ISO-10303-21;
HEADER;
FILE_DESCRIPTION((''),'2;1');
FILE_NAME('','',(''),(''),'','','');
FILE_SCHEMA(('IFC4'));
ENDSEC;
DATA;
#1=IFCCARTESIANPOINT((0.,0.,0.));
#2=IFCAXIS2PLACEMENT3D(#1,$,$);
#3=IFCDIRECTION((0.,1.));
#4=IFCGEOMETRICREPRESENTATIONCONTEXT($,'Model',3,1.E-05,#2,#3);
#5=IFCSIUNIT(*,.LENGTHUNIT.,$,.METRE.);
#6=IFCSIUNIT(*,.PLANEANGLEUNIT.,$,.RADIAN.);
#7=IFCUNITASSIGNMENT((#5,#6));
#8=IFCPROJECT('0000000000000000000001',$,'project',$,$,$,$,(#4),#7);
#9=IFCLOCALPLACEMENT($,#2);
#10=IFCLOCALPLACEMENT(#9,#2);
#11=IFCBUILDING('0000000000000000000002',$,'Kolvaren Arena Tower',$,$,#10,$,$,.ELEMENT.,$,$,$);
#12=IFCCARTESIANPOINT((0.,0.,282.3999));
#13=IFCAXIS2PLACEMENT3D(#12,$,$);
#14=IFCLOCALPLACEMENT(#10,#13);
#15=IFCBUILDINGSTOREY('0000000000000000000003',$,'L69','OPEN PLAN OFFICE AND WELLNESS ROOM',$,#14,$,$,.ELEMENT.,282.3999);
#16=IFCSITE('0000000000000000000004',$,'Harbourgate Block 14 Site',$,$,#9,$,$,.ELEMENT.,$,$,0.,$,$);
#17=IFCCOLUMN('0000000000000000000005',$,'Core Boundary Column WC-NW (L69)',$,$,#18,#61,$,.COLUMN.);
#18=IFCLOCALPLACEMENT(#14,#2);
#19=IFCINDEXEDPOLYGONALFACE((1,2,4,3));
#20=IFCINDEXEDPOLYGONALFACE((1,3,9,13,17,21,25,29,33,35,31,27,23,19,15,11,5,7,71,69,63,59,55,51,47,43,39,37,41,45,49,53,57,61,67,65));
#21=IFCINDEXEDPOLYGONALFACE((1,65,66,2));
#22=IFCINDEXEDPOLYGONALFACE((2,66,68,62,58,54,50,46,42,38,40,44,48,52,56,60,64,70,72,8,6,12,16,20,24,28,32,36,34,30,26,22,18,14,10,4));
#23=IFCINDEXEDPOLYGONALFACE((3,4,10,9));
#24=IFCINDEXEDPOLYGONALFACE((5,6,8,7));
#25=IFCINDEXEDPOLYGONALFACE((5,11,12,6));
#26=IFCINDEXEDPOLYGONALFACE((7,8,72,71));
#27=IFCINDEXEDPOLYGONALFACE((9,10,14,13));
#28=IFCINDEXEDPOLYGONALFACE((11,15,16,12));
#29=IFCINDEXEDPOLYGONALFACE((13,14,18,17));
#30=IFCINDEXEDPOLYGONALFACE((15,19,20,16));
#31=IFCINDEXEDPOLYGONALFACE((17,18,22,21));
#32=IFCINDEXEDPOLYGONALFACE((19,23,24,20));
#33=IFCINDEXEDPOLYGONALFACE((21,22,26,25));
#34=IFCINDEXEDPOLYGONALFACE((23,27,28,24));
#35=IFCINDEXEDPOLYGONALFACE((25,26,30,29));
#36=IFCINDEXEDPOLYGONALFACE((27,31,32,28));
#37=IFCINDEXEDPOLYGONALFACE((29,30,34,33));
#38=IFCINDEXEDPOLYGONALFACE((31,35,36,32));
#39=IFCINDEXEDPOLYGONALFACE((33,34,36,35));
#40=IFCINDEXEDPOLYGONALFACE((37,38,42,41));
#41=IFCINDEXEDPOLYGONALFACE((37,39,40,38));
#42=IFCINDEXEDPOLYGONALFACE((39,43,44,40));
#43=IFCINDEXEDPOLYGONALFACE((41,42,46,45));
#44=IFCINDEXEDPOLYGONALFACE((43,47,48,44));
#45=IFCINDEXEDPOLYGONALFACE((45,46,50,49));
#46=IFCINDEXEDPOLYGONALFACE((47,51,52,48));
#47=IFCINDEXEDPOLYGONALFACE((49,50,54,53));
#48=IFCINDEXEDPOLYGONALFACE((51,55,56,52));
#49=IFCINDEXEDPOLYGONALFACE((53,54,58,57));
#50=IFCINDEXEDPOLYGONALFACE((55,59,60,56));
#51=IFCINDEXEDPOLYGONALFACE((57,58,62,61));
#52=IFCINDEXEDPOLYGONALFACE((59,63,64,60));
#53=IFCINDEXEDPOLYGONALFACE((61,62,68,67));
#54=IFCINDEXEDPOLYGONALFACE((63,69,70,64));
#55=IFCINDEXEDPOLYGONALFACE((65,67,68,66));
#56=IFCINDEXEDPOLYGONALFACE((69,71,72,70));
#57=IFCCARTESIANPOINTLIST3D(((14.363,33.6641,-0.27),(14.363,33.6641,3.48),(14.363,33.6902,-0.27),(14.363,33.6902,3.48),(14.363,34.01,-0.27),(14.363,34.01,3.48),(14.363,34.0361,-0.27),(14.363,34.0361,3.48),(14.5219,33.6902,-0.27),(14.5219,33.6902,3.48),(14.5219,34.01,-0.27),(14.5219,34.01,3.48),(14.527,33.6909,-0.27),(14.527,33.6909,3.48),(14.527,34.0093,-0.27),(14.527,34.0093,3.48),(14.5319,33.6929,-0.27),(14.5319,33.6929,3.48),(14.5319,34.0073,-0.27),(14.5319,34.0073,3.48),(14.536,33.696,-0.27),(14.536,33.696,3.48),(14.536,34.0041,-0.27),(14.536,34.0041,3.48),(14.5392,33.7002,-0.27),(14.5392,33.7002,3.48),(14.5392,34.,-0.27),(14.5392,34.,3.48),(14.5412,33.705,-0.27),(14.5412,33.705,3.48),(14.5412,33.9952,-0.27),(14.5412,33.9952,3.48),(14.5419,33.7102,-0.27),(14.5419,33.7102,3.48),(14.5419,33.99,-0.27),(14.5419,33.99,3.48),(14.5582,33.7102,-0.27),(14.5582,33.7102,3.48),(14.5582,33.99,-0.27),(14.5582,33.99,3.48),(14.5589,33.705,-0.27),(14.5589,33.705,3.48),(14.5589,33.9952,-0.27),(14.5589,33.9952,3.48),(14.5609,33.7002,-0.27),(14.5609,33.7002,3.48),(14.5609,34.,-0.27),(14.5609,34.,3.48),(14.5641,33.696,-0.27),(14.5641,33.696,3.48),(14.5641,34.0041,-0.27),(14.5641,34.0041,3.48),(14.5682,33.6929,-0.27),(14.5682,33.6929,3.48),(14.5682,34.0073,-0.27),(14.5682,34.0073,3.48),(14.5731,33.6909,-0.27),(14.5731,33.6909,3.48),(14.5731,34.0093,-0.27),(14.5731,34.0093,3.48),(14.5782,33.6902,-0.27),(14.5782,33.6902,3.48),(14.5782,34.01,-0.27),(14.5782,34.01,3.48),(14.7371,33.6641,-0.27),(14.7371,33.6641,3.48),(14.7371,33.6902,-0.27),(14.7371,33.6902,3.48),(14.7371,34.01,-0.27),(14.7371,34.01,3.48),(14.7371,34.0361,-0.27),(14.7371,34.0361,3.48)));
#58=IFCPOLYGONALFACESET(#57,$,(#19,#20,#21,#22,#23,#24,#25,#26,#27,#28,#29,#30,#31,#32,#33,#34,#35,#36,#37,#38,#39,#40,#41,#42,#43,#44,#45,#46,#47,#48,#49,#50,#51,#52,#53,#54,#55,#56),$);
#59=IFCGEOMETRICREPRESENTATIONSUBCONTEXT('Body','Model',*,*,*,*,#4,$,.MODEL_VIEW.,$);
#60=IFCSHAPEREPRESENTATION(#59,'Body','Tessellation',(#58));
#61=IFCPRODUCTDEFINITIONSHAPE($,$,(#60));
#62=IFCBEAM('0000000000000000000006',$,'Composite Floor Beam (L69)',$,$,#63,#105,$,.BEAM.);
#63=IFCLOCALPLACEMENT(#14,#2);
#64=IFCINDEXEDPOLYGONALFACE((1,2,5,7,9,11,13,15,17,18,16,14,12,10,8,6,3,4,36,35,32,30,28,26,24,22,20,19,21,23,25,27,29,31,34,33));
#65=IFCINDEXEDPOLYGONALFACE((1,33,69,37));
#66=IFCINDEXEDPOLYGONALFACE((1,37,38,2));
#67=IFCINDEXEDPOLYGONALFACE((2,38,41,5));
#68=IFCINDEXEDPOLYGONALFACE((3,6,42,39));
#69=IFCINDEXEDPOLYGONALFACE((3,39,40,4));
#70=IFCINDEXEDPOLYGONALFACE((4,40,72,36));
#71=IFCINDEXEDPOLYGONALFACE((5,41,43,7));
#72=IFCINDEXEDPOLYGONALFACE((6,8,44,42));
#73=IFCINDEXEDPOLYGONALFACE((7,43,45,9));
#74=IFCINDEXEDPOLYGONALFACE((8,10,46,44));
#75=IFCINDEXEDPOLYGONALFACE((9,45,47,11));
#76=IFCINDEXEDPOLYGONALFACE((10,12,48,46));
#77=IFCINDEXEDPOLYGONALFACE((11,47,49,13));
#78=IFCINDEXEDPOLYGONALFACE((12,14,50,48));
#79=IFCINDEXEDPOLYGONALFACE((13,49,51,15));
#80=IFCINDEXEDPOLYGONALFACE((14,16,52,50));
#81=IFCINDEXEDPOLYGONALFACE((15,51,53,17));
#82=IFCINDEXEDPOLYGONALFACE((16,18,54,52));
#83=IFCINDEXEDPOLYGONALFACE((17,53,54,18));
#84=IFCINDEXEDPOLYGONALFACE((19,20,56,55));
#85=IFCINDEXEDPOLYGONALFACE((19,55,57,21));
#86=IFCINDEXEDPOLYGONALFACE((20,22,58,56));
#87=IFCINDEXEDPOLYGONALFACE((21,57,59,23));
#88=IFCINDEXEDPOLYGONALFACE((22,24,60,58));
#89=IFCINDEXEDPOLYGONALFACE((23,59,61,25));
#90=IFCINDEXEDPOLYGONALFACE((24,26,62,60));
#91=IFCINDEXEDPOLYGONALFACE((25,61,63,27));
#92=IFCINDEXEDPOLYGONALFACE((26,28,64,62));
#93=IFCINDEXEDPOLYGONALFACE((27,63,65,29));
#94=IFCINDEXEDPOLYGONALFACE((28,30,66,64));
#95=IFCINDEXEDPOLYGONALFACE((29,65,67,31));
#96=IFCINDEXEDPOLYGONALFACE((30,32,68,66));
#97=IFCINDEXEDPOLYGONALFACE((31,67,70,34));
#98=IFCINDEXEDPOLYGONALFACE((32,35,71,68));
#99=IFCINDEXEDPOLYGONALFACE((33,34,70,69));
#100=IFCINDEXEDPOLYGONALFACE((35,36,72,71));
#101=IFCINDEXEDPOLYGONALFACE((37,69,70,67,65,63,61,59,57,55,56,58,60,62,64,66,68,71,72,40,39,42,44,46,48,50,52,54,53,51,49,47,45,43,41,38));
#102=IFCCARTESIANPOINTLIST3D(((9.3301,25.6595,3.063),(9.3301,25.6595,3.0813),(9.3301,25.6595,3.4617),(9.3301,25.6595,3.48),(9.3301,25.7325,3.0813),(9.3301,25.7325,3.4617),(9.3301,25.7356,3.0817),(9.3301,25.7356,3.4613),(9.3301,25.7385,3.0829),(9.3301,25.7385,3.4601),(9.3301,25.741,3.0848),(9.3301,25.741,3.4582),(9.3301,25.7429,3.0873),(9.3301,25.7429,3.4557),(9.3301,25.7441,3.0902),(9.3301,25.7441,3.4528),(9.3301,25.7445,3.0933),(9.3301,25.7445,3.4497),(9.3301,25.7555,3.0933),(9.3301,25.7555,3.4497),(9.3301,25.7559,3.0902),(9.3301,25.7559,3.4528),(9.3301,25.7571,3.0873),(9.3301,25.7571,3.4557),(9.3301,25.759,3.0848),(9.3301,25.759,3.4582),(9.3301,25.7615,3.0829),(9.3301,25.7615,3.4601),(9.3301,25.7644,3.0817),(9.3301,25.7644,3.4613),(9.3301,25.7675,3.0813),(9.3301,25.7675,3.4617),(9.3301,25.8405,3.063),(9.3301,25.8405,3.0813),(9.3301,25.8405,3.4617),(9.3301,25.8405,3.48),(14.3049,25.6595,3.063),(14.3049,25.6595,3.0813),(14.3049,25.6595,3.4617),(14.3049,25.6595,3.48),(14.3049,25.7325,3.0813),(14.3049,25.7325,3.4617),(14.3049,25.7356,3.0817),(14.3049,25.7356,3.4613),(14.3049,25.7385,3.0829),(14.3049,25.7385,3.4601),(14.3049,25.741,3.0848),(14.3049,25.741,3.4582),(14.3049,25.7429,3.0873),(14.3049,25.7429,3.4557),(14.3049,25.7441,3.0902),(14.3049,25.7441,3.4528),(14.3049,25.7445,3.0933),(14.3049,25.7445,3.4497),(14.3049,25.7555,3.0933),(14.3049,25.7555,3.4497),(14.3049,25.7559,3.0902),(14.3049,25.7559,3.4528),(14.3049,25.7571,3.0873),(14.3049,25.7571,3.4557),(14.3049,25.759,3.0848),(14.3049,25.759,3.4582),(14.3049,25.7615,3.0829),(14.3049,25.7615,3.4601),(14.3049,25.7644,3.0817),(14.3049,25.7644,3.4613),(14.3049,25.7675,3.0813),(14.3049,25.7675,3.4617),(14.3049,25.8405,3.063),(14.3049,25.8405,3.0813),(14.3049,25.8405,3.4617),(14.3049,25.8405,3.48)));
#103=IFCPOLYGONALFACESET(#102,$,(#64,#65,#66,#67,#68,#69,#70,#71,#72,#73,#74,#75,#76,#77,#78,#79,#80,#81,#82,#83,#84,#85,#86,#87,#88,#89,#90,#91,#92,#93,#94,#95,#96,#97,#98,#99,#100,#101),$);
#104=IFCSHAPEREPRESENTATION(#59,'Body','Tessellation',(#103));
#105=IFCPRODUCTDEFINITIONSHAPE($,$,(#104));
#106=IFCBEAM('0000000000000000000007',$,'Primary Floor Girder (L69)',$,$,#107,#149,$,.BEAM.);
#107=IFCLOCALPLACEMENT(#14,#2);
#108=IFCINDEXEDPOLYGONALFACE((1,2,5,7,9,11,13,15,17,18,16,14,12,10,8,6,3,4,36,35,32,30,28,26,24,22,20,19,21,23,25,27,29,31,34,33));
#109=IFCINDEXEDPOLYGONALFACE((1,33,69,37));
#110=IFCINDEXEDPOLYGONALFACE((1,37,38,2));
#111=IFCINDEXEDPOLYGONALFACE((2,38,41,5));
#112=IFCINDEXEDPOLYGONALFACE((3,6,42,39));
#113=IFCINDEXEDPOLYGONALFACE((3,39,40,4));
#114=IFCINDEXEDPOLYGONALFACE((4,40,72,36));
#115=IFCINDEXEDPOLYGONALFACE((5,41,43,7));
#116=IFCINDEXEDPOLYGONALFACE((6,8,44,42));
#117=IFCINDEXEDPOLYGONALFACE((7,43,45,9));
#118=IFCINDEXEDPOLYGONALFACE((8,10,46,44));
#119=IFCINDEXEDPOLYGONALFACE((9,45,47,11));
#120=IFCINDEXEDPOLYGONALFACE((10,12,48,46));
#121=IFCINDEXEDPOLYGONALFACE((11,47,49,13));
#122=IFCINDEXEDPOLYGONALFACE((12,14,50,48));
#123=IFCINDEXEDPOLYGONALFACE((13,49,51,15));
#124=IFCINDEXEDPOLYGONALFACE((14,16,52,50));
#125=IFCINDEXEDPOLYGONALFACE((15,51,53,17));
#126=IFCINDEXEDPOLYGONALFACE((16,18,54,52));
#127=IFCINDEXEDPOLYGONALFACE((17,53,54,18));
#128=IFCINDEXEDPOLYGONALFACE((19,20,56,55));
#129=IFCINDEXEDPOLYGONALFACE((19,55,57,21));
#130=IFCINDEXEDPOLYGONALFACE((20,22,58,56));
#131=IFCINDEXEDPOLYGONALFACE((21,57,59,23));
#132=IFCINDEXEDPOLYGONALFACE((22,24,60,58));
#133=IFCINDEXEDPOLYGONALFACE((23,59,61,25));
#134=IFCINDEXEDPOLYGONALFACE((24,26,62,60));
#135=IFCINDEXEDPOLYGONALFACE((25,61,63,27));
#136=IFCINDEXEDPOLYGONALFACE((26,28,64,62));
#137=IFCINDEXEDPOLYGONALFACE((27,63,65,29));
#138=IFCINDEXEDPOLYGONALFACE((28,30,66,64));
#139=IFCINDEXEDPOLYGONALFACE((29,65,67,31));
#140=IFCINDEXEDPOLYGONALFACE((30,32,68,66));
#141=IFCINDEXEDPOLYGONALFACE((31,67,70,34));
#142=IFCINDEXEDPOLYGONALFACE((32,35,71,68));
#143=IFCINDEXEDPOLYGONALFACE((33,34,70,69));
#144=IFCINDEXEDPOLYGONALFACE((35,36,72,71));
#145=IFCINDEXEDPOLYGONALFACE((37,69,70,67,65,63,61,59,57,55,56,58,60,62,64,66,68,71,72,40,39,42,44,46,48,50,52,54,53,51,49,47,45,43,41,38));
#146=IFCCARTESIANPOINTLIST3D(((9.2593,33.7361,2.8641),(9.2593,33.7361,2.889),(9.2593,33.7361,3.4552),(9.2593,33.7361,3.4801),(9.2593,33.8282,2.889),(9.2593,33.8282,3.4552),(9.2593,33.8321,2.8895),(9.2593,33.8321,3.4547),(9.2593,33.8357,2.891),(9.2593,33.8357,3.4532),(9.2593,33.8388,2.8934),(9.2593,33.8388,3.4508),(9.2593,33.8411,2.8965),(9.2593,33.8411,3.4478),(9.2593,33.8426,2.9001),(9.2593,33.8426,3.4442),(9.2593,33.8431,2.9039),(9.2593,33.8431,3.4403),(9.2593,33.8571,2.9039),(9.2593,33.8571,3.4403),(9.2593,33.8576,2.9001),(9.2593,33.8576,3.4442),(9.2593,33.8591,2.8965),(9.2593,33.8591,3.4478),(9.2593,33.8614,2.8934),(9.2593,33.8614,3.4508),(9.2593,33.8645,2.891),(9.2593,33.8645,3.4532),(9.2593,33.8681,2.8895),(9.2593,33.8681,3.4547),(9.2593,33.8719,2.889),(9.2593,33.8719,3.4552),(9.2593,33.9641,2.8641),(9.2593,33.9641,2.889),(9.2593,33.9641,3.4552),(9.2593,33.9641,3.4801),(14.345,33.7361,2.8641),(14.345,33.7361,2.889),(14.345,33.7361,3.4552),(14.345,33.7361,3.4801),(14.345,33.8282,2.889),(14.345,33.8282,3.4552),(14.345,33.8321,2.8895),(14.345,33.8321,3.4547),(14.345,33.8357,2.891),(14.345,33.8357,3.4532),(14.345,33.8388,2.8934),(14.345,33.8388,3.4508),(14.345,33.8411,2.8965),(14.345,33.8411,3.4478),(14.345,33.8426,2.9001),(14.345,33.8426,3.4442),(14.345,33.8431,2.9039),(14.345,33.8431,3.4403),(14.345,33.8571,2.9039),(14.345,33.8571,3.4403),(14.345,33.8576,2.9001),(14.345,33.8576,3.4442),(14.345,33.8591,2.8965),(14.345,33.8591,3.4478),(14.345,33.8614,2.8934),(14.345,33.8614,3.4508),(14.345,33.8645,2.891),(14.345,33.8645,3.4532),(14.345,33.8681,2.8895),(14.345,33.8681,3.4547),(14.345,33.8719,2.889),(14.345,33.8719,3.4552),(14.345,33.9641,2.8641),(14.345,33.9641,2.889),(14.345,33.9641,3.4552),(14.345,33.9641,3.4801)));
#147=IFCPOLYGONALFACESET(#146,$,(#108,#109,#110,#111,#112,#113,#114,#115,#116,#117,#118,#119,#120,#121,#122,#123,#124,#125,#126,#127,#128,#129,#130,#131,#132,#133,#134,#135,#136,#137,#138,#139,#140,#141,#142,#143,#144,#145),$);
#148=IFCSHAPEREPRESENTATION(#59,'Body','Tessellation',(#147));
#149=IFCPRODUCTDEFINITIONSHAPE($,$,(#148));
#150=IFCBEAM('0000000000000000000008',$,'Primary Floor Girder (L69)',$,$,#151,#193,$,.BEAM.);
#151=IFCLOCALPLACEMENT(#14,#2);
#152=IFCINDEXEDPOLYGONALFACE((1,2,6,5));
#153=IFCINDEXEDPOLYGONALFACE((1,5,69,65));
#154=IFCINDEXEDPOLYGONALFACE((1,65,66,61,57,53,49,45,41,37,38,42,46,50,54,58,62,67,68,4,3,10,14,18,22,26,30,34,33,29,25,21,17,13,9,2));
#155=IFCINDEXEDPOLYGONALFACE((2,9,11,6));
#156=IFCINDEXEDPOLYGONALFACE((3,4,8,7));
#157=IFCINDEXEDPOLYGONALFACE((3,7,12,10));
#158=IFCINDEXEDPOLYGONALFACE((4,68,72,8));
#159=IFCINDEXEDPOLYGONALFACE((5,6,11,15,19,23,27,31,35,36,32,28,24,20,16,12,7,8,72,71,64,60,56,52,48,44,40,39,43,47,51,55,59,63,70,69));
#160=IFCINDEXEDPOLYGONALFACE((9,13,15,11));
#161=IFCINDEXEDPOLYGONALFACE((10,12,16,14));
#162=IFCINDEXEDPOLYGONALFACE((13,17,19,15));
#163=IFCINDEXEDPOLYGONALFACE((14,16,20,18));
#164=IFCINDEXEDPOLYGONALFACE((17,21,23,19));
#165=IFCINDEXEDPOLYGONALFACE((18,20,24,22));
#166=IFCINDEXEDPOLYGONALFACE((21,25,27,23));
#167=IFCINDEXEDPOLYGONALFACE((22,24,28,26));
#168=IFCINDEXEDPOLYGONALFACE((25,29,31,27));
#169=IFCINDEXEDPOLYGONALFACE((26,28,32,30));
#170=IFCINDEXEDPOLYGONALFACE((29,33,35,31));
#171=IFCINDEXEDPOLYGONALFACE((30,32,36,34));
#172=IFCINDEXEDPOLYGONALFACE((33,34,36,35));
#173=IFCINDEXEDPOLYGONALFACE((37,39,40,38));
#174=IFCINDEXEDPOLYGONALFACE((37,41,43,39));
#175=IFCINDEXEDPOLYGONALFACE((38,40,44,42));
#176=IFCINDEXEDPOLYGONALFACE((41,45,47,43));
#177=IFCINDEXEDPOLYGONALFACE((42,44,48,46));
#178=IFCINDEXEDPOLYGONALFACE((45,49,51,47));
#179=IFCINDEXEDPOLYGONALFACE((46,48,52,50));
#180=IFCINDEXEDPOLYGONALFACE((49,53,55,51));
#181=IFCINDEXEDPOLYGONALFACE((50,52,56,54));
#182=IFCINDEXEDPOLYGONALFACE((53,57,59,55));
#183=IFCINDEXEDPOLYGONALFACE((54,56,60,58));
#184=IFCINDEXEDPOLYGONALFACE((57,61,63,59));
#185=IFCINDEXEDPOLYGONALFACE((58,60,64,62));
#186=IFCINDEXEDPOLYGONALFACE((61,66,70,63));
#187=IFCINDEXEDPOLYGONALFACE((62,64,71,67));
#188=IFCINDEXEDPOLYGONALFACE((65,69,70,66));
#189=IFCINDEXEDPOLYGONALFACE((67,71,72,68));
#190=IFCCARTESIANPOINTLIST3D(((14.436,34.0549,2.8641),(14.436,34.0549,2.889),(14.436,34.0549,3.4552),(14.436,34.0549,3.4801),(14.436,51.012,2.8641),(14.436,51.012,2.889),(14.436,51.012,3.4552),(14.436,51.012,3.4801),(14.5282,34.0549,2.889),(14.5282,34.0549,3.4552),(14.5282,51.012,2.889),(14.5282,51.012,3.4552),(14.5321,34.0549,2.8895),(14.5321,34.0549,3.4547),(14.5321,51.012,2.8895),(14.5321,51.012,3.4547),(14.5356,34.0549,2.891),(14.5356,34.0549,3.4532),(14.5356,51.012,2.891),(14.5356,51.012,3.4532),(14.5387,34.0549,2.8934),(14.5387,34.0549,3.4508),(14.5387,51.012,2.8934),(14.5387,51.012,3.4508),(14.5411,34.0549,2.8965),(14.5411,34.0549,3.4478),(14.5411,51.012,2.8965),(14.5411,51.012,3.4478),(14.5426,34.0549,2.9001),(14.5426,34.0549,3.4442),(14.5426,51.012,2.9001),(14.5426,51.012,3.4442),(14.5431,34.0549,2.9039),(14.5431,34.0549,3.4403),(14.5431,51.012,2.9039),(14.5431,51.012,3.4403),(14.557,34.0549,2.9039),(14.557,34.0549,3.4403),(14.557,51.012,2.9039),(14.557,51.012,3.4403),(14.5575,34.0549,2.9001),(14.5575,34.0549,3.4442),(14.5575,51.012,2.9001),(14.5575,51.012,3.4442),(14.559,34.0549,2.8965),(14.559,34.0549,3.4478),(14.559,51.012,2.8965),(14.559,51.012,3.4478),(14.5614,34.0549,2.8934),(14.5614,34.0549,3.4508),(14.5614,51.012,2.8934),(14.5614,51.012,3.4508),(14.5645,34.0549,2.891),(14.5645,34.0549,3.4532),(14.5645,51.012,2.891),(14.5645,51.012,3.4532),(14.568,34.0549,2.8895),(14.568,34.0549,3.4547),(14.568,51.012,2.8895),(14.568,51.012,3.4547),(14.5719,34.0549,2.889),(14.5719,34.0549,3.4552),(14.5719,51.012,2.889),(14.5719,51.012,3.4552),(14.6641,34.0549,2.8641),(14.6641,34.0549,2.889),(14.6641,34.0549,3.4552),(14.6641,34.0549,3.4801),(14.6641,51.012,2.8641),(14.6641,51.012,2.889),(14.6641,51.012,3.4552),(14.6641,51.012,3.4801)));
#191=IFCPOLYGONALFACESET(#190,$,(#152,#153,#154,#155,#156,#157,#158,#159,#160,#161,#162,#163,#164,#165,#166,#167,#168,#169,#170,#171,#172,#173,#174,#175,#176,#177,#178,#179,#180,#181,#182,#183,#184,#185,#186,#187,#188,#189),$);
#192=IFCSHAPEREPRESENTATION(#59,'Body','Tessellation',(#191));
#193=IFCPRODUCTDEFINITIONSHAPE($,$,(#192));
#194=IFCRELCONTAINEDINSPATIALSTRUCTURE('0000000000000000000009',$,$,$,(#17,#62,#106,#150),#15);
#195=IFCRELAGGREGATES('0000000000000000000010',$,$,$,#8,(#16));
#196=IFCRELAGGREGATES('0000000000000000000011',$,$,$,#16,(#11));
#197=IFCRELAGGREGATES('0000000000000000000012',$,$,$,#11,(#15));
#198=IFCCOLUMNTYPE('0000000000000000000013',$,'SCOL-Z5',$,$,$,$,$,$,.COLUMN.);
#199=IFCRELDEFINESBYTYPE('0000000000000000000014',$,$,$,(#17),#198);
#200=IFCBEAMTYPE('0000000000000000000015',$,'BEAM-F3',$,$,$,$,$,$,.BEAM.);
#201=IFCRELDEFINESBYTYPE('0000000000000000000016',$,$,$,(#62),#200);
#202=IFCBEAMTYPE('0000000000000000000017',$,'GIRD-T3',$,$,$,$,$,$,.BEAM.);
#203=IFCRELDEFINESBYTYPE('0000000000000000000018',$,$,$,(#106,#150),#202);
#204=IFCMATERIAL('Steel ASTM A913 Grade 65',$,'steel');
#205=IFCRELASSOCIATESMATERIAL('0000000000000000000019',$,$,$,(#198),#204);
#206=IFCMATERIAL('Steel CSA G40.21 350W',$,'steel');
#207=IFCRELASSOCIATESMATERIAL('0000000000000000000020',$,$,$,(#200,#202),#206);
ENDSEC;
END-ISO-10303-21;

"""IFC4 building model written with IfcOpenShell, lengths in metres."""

from ifc_helpers import new_model, si_unit, direction, frame, origin, origin_2d, place, context, subcontext, project, spatial, i_section, extrude, material, material_profile, profile_set, type_object, element, save


model = new_model("IFC4")

# Units and contexts
model_context = context("Model", 3, precision=1e-05, world=origin(), true_north=direction((0.0, 1.0)))
body_context = subcontext(model_context, "Body", "Model", "MODEL_VIEW")
ifc_project = project(units=[si_unit("LENGTHUNIT", "METRE"), si_unit("PLANEANGLEUNIT", "RADIAN")], contexts=[model_context])

# Site, building, storey
site_placement = place(None, origin())
site = spatial("IfcSite", under=ifc_project, at=site_placement, Name="Harbourgate Block 14 Site", CompositionType="ELEMENT", RefElevation=0.0)
building_placement = place(site_placement, origin())
building = spatial("IfcBuilding", under=site, at=building_placement, Name="Kolvaren Arena Tower", CompositionType="ELEMENT")
storey_placement = place(building_placement, frame((0.0, 0.0, 282.3999)))
storey = spatial("IfcBuildingStorey", under=building, at=storey_placement, Name="L69", Description="OPEN PLAN OFFICE AND WELLNESS ROOM", CompositionType="ELEMENT", Elevation=282.3999)

# Column
ifc_material_1 = material(Name="Steel ASTM A913 Grade 65", Category="steel")
ifc_material_profile_1 = material_profile(ifc_material_1, i_section(OverallWidth=0.374, OverallDepth=0.3721, WebThickness=0.0164, FlangeThickness=0.0261, FilletRadius=0.02, at=origin_2d()), Name="W360x196")
ifc_profile_set_1 = profile_set([ifc_material_profile_1], Name="Steel ASTM A913 Grade 65")
column_type = type_object("IfcColumnType", Name="SCOL-Z5", PredefinedType="COLUMN", material=ifc_profile_set_1)
column_placement = place(storey_placement, frame((14.55, 33.8501, -0.27), z_axis=(0.0, 0.0, 1.0), x_axis=(1.0, 0.0, 0.0)))
element("IfcColumn", 1, at=column_placement, inside=storey, type_object=column_type, Name="Core Boundary Column WC-NW (L69)", PredefinedType="COLUMN", context=body_context, shape_type="SweptSolid", body=[
    extrude(i_section(OverallWidth=0.374, OverallDepth=0.3721, WebThickness=0.0164, FlangeThickness=0.0261, FilletRadius=0.02, at=origin_2d()), origin(), (0.0, 0.0, 1.0), 3.75),
])

# Beams
ifc_material_2 = material(Name="Steel CSA G40.21 350W", Category="steel")
ifc_material_profile_2 = material_profile(ifc_material_2, i_section(OverallWidth=0.1809, OverallDepth=0.417, WebThickness=0.011, FlangeThickness=0.0183, FilletRadius=0.012, at=origin_2d()), Name="W410x85")
ifc_profile_set_2 = profile_set([ifc_material_profile_2], Name="Steel CSA G40.21 350W")
beam_type_1 = type_object("IfcBeamType", Name="BEAM-F3", PredefinedType="BEAM", material=ifc_profile_set_2)
beam_1_placement = place(storey_placement, frame((9.3301, 25.75, 3.2715), z_axis=(1.0, 0.0, 0.0), x_axis=(0.0, 1.0, 0.0)))
element("IfcBeam", 2, at=beam_1_placement, inside=storey, type_object=beam_type_1, Name="Composite Floor Beam (L69)", PredefinedType="BEAM", context=body_context, shape_type="SweptSolid", body=[
    extrude(i_section(OverallWidth=0.1809, OverallDepth=0.417, WebThickness=0.011, FlangeThickness=0.0183, FilletRadius=0.012, at=origin_2d()), origin(), (0.0, 0.0, 1.0), 4.9749),
])
ifc_material_profile_3 = material_profile(ifc_material_2, i_section(OverallWidth=0.228, OverallDepth=0.616, WebThickness=0.0139, FlangeThickness=0.0249, FilletRadius=0.0149, at=origin_2d()), Name="W610x174")
ifc_profile_set_3 = profile_set([ifc_material_profile_3], Name="Steel CSA G40.21 350W")
beam_type_2 = type_object("IfcBeamType", Name="GIRD-T3", PredefinedType="BEAM", material=ifc_profile_set_3)
beam_2_placement = place(storey_placement, frame((9.2593, 33.8501, 3.1721), z_axis=(1.0, 0.0, 0.0), x_axis=(0.0, 1.0, 0.0)))
element("IfcBeam", 3, at=beam_2_placement, inside=storey, type_object=beam_type_2, Name="Primary Floor Girder (L69)", PredefinedType="BEAM", context=body_context, shape_type="SweptSolid", body=[
    extrude(i_section(OverallWidth=0.228, OverallDepth=0.616, WebThickness=0.0139, FlangeThickness=0.0249, FilletRadius=0.0149, at=origin_2d()), origin(), (0.0, 0.0, 1.0), 5.0857),
])
beam_3_placement = place(storey_placement, frame((14.55, 34.0549, 3.1721), z_axis=(0.0, 1.0, 0.0), x_axis=(-1.0, 0.0, 0.0)))
element("IfcBeam", 4, at=beam_3_placement, inside=storey, type_object=beam_type_2, Name="Primary Floor Girder (L69)", PredefinedType="BEAM", context=body_context, shape_type="SweptSolid", body=[
    extrude(i_section(OverallWidth=0.228, OverallDepth=0.616, WebThickness=0.0139, FlangeThickness=0.0249, FilletRadius=0.0149, at=origin_2d()), origin(), (0.0, 0.0, 1.0), 16.957),
])

save(model, "model.ifc")
